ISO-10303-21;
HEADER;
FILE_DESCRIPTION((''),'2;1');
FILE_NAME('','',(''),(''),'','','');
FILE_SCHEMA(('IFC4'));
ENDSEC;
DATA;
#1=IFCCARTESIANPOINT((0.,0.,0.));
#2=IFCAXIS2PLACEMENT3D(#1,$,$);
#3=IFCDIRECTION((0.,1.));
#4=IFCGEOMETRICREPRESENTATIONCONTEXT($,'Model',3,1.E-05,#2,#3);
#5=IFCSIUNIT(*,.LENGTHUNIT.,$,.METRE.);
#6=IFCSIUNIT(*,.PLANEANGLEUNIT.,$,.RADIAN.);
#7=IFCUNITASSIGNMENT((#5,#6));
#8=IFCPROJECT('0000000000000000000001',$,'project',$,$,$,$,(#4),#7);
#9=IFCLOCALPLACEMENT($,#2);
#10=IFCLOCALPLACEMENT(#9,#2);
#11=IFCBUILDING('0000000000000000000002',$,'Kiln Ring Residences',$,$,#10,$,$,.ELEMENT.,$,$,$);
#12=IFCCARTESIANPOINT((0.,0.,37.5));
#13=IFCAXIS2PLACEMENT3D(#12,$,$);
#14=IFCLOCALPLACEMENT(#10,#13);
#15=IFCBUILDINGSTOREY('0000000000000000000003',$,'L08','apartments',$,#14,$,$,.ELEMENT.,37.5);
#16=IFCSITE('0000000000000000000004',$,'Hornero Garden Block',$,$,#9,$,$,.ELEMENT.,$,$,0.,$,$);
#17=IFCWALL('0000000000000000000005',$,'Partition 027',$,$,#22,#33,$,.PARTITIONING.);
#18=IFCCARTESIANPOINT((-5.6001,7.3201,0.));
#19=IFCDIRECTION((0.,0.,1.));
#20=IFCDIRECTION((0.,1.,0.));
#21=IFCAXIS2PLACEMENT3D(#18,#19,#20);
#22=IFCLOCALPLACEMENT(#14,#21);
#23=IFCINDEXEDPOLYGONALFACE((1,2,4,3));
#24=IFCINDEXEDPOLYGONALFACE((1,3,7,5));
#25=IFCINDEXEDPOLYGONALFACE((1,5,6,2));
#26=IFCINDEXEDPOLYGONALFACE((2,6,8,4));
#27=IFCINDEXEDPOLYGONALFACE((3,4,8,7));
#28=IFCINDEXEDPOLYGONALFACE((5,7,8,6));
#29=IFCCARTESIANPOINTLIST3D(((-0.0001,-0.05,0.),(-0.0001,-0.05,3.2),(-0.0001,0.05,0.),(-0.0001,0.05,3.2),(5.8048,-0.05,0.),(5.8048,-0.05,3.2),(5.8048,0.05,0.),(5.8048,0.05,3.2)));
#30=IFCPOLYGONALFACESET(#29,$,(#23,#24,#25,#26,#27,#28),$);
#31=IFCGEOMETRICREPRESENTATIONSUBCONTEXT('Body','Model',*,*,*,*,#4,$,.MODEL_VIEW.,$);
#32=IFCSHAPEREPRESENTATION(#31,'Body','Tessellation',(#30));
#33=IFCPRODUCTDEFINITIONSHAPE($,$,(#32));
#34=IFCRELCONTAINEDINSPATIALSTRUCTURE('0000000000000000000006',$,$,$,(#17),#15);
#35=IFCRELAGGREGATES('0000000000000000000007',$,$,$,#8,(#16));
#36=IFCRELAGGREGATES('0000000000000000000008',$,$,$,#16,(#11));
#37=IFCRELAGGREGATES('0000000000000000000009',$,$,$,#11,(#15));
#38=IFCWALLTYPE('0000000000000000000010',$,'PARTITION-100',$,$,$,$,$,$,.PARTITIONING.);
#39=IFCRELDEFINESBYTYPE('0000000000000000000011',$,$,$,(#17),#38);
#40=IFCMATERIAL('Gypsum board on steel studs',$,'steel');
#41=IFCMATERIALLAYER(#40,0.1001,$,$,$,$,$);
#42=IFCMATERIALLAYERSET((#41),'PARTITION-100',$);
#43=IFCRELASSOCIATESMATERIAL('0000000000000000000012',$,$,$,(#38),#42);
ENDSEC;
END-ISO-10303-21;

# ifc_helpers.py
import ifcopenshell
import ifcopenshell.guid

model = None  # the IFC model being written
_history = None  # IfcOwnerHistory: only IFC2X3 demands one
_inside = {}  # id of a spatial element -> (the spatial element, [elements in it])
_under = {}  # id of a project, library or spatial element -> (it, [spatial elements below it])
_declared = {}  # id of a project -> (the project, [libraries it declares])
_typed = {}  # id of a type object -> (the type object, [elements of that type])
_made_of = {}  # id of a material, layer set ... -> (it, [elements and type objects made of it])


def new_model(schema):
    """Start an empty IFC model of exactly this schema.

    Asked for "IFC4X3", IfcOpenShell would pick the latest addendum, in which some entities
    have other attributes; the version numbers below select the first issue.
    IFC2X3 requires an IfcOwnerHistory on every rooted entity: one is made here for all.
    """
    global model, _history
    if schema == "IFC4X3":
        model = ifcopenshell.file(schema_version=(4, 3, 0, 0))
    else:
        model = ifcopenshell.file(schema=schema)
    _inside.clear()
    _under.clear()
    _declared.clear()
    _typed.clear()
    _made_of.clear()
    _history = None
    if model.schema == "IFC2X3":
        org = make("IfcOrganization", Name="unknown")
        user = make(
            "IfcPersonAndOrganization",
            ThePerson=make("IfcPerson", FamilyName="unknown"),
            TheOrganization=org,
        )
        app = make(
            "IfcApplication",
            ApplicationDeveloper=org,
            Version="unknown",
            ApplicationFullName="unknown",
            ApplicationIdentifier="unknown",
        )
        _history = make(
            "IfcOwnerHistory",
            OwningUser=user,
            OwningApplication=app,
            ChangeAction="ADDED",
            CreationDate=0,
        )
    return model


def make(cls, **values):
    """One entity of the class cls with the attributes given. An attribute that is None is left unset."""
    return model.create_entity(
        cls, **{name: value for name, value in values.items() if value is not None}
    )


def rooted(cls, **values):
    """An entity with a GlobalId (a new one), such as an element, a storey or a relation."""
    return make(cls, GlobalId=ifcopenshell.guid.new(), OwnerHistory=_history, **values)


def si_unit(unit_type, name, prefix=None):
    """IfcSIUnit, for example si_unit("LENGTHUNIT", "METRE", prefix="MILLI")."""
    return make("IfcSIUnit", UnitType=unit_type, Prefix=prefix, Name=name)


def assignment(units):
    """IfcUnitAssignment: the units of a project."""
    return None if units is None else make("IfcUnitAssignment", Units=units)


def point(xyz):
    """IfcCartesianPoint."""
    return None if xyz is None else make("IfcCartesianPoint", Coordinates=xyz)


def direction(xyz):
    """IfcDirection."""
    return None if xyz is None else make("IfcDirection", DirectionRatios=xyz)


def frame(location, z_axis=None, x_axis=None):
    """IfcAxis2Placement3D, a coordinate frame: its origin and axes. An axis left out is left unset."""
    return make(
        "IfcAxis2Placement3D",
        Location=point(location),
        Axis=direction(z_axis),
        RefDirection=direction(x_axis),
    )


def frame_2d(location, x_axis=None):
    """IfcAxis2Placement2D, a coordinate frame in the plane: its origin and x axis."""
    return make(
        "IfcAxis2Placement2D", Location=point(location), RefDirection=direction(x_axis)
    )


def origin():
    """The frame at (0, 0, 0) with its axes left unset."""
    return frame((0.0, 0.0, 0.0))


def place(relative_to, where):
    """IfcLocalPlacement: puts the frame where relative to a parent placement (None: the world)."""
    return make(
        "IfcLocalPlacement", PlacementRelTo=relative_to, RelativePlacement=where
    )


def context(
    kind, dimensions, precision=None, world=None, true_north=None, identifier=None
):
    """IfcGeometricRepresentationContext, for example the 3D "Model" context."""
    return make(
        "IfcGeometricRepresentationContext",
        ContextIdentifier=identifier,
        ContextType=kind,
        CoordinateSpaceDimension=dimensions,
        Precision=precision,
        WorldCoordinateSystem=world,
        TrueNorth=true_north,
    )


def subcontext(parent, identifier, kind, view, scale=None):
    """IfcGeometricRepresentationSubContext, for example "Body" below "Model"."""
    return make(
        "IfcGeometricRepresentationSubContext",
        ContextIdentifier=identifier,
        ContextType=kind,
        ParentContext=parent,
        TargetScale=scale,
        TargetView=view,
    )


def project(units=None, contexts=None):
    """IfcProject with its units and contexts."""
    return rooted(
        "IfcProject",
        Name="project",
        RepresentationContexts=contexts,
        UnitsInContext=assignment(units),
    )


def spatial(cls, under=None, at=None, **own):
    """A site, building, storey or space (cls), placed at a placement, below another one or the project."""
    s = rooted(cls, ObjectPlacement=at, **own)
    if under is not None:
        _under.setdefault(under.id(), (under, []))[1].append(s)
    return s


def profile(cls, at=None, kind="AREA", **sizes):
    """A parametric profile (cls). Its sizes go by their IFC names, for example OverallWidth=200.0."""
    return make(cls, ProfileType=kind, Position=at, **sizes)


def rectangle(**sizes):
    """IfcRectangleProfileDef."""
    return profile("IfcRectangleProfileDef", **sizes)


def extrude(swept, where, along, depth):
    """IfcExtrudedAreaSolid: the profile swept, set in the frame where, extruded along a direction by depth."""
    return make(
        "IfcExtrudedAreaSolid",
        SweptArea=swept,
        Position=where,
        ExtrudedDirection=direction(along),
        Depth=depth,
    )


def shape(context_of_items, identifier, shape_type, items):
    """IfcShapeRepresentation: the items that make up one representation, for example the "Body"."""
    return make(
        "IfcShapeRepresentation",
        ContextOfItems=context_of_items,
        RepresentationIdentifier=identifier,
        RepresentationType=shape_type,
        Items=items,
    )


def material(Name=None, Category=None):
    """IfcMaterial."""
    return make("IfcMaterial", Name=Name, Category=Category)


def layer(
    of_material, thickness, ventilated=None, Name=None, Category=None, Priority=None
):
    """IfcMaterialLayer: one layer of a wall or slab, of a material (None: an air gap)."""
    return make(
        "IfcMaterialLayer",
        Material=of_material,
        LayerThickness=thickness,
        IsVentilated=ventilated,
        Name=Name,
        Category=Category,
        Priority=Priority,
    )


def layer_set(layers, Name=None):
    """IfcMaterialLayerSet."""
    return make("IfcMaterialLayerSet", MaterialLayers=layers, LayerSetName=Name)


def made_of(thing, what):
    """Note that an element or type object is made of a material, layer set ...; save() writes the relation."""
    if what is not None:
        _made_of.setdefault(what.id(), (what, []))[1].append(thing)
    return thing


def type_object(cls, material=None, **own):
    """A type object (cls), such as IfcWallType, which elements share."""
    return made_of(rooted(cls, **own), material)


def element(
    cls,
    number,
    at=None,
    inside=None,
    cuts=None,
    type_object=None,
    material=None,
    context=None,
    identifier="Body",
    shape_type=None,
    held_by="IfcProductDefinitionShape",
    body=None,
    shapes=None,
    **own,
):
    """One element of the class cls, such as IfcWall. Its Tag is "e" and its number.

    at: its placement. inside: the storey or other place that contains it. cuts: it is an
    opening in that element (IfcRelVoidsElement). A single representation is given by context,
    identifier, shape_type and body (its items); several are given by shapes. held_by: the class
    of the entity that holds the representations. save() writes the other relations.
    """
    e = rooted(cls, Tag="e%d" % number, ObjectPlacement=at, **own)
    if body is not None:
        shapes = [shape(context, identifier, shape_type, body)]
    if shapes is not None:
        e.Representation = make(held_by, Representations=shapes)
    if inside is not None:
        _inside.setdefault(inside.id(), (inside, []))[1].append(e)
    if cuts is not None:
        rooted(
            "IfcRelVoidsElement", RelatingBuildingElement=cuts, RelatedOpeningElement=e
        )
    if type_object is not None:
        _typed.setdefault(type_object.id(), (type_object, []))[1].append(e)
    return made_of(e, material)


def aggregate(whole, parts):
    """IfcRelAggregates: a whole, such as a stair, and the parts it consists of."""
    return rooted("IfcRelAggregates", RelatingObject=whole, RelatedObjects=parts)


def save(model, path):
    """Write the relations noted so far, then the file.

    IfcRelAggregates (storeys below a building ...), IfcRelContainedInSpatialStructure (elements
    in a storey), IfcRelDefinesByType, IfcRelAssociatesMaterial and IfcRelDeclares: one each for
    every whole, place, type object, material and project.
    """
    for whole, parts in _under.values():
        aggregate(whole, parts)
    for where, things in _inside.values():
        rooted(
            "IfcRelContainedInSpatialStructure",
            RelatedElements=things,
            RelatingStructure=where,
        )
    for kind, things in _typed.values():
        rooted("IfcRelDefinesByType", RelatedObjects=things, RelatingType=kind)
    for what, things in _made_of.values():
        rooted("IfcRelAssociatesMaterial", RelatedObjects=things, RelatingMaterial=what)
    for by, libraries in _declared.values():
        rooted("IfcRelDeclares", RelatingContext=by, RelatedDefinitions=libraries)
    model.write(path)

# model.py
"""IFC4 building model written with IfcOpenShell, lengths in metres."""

from ifc_helpers import new_model, si_unit, direction, frame, frame_2d, origin, place, context, subcontext, project, spatial, rectangle, extrude, material, layer, layer_set, type_object, element, save


model = new_model("IFC4")

# Units and contexts
model_context = context("Model", 3, precision=1e-05, world=origin(), true_north=direction((0.0, 1.0)))
body_context = subcontext(model_context, "Body", "Model", "MODEL_VIEW")
ifc_project = project(units=[si_unit("LENGTHUNIT", "METRE"), si_unit("PLANEANGLEUNIT", "RADIAN")], contexts=[model_context])

# Site, building, storey
site_placement = place(None, origin())
site = spatial("IfcSite", under=ifc_project, at=site_placement, Name="Hornero Garden Block", CompositionType="ELEMENT", RefElevation=0.0)
building_placement = place(site_placement, origin())
building = spatial("IfcBuilding", under=site, at=building_placement, Name="Kiln Ring Residences", CompositionType="ELEMENT")
storey_placement = place(building_placement, frame((0.0, 0.0, 37.5)))
storey = spatial("IfcBuildingStorey", under=building, at=storey_placement, Name="L08", Description="apartments", CompositionType="ELEMENT", Elevation=37.5)

# Wall
ifc_material_1 = material(Name="Gypsum board on steel studs", Category="steel")
ifc_layer_1 = layer(ifc_material_1, 0.1001)
ifc_layer_set_1 = layer_set([ifc_layer_1], Name="PARTITION-100")
wall_type = type_object("IfcWallType", Name="PARTITION-100", PredefinedType="PARTITIONING", material=ifc_layer_set_1)
wall_placement = place(storey_placement, frame((-5.6001, 7.3201, 0.0), z_axis=(0.0, 0.0, 1.0), x_axis=(0.0, 1.0, 0.0)))
element("IfcWall", 1, at=wall_placement, inside=storey, type_object=wall_type, Name="Partition 027", PredefinedType="PARTITIONING", context=body_context, shape_type="SweptSolid", body=[
    extrude(rectangle(XDim=5.8049, YDim=0.1001, at=frame_2d((2.9023, 0.0))), origin(), (0.0, 0.0, 1.0), 3.2),
])

save(model, "model.ifc")
